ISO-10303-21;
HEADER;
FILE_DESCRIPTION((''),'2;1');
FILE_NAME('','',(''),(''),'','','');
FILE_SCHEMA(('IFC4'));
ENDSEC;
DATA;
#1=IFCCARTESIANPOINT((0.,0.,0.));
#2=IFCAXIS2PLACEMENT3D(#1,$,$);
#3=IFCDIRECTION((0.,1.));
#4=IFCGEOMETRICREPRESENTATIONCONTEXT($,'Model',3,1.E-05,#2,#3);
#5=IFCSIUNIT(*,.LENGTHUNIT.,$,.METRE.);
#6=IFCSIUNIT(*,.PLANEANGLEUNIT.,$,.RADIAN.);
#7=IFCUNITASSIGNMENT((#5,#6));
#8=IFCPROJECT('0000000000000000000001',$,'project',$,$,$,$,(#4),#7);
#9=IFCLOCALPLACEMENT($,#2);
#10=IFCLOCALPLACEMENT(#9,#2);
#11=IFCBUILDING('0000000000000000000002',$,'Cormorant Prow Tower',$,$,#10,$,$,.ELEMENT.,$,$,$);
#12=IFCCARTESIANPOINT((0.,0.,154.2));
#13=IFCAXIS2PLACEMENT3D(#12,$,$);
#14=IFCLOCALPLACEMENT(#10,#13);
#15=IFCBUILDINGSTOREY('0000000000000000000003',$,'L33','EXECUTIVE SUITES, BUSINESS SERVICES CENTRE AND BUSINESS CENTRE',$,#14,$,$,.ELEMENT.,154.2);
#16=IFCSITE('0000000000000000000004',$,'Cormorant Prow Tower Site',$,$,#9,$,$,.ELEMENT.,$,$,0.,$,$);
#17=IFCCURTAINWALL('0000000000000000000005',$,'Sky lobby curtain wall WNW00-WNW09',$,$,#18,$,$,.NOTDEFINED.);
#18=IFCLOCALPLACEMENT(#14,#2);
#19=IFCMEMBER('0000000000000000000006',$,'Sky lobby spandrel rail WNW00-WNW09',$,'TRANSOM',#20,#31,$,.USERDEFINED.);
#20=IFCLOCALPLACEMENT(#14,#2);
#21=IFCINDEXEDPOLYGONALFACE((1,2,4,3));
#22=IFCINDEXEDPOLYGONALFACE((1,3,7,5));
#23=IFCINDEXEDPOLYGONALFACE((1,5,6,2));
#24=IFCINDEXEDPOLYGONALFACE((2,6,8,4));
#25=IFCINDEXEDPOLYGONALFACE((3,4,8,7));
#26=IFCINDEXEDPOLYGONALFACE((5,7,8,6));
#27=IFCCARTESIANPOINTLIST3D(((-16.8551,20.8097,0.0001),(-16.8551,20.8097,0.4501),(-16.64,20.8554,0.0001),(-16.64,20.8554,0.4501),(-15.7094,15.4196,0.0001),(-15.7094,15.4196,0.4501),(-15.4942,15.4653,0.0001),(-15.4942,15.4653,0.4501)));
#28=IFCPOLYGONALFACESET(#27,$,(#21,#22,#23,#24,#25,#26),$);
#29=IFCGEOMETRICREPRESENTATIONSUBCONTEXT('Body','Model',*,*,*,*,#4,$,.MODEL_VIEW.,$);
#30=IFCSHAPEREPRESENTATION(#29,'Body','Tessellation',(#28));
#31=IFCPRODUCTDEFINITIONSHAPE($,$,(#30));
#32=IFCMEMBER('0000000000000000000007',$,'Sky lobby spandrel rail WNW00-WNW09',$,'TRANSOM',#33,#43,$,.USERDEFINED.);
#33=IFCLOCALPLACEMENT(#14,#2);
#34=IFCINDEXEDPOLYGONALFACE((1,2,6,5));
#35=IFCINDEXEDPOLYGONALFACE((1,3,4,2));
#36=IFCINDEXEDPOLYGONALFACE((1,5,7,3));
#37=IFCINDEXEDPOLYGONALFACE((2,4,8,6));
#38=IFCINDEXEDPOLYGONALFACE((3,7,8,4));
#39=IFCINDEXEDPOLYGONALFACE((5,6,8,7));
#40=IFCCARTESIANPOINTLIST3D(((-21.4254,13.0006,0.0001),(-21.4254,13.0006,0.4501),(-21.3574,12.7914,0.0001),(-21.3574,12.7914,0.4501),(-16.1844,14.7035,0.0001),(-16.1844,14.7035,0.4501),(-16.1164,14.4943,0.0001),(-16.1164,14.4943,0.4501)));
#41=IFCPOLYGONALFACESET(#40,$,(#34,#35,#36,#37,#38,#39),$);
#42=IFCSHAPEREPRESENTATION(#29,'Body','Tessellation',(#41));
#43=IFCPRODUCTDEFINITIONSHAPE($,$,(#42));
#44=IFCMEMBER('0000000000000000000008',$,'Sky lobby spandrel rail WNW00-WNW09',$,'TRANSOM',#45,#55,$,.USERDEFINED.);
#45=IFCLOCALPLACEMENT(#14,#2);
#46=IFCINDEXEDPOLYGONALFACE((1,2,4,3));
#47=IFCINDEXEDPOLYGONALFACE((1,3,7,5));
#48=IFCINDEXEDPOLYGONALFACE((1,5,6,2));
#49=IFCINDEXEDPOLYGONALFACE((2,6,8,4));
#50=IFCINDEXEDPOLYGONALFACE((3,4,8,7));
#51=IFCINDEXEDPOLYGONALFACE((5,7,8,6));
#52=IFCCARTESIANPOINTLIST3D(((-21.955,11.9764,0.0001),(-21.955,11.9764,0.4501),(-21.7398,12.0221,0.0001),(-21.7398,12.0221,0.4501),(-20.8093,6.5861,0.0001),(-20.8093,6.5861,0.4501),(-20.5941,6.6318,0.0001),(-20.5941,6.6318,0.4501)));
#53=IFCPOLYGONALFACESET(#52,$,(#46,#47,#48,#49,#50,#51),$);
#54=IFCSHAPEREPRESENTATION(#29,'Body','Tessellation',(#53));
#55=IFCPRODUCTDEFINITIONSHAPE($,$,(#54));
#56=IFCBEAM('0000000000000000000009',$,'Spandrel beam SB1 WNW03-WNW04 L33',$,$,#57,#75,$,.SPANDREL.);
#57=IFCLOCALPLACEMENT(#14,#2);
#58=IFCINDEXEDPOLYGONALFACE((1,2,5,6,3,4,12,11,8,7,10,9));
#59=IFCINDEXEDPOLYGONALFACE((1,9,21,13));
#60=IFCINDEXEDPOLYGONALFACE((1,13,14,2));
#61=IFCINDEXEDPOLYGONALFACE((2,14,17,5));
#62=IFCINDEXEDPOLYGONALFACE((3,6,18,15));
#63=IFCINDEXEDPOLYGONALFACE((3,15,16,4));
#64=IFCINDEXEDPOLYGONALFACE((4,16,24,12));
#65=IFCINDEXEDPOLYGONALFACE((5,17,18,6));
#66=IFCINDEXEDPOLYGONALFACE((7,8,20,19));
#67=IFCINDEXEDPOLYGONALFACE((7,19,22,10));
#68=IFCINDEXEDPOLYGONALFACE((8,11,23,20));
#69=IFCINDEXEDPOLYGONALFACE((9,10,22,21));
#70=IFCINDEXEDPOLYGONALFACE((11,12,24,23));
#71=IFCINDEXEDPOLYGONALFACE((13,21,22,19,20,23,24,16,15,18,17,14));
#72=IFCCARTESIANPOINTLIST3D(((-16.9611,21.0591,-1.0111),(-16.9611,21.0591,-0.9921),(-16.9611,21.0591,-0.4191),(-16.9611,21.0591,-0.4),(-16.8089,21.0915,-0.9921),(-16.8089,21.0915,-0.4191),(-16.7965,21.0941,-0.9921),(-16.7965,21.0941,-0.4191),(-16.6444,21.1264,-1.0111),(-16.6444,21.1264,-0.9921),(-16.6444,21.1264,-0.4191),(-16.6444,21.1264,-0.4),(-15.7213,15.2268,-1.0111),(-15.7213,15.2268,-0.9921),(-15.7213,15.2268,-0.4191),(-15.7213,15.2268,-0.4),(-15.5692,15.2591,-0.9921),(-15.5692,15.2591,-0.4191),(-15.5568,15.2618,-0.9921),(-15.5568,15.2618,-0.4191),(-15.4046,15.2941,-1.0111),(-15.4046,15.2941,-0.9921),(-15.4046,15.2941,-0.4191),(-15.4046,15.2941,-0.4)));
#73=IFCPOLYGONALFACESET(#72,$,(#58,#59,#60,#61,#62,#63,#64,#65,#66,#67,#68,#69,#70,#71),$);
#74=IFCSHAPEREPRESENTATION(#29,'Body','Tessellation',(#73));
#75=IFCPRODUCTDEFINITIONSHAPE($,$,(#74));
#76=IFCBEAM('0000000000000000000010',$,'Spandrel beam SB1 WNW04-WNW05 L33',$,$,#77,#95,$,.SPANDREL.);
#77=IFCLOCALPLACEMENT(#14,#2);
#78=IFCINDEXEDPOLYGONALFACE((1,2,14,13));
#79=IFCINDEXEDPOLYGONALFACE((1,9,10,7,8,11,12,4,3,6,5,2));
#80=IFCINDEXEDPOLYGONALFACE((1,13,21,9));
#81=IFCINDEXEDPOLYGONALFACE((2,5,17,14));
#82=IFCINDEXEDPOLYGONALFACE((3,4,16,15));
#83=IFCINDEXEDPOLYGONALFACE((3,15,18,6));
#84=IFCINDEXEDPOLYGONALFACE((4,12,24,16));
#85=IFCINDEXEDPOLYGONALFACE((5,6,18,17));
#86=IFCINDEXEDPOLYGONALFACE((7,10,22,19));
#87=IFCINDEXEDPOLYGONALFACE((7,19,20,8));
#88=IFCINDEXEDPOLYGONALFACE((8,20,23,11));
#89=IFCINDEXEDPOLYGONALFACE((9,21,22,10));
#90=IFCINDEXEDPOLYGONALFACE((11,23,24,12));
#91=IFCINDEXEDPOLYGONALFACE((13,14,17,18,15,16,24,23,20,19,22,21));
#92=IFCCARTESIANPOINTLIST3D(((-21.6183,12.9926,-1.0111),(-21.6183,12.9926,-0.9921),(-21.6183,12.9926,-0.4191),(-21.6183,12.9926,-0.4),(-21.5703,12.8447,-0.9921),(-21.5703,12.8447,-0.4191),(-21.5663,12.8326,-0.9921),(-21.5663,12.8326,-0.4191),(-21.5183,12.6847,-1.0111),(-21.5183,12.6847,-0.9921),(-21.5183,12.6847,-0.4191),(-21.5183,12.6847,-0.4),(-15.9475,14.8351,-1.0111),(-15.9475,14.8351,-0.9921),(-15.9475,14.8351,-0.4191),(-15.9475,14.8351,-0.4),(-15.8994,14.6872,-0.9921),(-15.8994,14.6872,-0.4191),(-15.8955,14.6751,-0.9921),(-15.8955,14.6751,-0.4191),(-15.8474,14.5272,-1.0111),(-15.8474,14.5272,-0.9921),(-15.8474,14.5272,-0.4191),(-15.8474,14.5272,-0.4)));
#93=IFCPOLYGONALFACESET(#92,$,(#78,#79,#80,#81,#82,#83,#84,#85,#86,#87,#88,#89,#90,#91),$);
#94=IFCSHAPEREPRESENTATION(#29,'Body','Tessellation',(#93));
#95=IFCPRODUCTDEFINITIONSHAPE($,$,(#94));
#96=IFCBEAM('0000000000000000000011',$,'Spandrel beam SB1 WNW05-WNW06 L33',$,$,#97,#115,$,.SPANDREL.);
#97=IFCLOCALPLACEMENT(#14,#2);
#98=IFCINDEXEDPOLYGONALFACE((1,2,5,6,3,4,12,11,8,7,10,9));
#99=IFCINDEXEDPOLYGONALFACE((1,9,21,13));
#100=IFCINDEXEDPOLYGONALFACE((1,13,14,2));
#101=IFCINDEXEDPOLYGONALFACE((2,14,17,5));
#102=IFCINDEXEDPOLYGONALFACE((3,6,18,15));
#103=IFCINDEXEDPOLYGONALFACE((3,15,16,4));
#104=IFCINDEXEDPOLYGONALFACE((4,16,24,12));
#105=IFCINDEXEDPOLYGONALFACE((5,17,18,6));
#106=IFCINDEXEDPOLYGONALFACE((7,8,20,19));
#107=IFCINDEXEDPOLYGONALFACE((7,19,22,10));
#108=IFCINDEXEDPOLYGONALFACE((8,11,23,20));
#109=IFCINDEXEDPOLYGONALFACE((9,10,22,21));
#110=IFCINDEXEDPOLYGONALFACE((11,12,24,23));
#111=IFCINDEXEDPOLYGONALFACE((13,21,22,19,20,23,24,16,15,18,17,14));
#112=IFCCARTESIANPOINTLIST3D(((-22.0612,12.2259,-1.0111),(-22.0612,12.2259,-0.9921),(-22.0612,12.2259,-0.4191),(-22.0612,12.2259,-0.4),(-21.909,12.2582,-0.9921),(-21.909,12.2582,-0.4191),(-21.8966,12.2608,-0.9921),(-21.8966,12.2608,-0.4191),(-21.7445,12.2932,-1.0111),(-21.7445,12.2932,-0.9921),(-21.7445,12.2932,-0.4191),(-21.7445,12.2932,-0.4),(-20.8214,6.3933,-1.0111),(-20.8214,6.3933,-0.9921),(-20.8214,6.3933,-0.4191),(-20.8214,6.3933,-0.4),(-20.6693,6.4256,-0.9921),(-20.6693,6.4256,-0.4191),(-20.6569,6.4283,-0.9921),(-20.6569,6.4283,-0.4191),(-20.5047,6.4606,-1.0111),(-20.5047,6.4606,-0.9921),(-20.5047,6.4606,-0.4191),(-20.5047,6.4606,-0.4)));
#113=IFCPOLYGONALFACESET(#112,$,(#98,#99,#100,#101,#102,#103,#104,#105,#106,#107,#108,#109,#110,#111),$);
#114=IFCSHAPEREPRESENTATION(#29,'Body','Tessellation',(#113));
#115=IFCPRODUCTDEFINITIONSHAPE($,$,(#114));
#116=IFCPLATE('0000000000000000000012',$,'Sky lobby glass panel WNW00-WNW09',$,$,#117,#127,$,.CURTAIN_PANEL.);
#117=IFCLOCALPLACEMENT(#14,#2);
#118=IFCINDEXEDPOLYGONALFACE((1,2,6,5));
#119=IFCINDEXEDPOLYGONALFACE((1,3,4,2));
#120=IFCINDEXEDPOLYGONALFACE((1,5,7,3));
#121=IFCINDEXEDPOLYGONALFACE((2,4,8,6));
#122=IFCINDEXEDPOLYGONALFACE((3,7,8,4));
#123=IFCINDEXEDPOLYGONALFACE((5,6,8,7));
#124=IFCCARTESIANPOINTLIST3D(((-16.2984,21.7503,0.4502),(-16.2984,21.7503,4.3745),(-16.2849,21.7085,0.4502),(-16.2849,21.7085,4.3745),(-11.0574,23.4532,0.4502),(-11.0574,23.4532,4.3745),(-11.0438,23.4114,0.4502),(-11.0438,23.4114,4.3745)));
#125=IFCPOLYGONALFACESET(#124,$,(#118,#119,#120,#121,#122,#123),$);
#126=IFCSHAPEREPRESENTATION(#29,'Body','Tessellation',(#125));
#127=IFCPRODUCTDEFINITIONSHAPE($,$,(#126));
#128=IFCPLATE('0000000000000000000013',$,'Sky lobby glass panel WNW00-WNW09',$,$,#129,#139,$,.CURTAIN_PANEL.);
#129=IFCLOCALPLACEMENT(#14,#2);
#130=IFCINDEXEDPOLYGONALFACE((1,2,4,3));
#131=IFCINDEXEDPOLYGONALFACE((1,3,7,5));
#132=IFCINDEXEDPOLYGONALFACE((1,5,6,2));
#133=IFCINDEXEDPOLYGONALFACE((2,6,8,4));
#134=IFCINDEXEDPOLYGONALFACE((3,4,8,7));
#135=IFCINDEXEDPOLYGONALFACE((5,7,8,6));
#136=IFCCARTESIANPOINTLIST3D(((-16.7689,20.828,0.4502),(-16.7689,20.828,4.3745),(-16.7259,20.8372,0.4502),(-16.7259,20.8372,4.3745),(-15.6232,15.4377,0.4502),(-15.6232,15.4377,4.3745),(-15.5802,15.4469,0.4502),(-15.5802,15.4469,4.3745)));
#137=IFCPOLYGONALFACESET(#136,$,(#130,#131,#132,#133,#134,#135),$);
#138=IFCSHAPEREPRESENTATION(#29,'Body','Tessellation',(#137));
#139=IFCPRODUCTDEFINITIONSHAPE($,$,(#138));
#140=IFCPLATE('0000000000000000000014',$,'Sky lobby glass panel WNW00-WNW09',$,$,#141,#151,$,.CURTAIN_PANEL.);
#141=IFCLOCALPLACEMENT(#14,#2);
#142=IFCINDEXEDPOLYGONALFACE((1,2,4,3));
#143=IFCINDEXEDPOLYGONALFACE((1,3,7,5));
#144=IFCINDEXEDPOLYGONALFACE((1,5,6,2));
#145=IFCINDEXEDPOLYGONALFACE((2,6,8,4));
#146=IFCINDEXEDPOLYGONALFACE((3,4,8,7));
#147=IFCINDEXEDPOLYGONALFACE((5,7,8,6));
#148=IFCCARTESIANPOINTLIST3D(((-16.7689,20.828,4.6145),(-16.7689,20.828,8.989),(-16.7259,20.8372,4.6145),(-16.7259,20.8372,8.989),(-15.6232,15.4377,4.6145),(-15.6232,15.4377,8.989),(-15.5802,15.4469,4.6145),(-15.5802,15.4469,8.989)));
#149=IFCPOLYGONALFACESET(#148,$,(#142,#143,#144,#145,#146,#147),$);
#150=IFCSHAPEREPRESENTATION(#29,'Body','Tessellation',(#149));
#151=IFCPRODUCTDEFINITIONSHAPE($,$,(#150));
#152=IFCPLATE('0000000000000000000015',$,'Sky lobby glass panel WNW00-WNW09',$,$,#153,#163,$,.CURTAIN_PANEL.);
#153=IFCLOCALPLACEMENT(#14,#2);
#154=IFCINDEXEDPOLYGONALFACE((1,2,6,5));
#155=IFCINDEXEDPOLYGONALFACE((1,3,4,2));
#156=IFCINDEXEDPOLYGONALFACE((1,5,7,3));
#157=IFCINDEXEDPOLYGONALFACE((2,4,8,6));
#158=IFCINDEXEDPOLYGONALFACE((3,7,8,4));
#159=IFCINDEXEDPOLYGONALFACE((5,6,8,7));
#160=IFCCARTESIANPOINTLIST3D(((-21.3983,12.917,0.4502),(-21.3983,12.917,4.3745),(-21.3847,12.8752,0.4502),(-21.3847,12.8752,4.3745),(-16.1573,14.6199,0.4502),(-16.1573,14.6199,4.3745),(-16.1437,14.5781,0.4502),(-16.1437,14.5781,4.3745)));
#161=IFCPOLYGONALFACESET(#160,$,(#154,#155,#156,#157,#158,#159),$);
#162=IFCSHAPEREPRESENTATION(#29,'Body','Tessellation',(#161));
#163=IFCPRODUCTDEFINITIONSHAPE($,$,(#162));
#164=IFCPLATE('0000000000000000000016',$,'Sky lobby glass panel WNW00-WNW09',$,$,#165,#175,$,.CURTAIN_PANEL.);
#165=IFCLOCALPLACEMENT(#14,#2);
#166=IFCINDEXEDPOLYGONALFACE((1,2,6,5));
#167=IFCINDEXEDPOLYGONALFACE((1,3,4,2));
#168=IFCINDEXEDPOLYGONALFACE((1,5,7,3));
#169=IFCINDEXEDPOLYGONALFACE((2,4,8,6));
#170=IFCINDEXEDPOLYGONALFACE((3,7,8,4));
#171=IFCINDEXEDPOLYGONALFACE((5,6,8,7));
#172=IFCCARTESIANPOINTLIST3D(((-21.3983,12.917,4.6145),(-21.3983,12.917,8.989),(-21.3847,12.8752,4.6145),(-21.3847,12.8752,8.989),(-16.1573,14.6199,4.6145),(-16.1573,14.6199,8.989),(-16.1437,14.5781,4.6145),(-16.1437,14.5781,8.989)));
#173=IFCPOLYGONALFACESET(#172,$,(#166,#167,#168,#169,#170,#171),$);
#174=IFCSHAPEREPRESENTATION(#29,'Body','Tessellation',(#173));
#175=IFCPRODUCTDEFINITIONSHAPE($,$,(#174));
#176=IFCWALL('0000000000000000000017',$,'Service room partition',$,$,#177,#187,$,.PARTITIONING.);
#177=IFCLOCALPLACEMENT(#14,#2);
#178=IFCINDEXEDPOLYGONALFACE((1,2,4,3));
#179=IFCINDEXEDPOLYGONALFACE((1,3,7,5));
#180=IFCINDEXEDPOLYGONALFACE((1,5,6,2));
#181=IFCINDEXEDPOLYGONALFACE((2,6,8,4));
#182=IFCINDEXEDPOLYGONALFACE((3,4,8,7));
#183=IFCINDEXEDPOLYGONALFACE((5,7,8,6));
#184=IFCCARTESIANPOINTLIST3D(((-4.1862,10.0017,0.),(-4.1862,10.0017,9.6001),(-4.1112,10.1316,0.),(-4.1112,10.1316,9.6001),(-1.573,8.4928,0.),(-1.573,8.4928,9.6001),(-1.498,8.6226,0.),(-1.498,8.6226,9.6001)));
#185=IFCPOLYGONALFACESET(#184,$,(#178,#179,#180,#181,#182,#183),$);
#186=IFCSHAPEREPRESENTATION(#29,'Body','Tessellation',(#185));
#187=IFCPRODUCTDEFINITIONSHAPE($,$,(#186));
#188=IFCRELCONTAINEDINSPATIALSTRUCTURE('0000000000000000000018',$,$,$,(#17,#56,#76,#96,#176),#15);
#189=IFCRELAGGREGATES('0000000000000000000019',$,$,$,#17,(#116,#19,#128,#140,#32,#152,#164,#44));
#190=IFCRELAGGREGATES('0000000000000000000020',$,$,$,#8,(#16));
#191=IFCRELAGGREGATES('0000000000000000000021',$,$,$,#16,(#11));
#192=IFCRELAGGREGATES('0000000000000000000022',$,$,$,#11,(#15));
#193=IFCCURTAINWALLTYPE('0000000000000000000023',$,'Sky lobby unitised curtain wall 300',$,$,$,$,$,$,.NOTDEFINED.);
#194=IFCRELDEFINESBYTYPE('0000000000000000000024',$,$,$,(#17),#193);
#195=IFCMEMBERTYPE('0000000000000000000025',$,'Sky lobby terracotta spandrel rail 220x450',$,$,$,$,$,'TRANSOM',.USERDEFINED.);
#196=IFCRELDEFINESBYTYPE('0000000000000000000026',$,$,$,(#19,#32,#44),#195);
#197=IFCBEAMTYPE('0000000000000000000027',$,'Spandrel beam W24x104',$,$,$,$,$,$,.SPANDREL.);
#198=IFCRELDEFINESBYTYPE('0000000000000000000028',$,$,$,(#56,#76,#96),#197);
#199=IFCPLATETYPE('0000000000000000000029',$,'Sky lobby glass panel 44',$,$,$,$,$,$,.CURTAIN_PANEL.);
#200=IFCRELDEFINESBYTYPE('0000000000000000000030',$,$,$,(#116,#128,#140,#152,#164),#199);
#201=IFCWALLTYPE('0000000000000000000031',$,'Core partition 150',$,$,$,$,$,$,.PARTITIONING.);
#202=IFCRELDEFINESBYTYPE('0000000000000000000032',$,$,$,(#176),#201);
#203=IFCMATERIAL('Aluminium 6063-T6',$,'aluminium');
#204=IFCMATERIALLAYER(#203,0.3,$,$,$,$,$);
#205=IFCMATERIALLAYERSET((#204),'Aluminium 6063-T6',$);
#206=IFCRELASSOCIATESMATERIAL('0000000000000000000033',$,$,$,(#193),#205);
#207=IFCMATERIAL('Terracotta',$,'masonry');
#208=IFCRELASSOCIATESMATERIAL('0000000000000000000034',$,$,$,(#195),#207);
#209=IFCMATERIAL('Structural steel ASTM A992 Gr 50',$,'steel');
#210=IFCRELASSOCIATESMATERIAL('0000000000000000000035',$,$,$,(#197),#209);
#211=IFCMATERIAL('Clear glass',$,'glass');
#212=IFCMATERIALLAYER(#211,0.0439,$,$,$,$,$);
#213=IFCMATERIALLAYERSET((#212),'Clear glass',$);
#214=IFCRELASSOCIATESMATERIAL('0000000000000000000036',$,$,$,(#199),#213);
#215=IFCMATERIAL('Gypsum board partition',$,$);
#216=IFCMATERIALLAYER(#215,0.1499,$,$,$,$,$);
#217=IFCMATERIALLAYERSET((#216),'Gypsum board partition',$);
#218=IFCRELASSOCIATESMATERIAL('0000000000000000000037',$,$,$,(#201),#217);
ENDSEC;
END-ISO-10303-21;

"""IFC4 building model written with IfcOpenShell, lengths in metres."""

from ifc_helpers import new_model, si_unit, direction, frame, frame_2d, origin, origin_2d, place, context, subcontext, project, spatial, rectangle, i_section, extrude, material, layer, layer_set, material_profile, profile_set, type_object, element, aggregate, save


model = new_model("IFC4")

# Units and contexts
model_context = context("Model", 3, precision=1e-05, world=origin(), true_north=direction((0.0, 1.0)))
body_context = subcontext(model_context, "Body", "Model", "MODEL_VIEW")
ifc_project = project(units=[si_unit("LENGTHUNIT", "METRE"), si_unit("PLANEANGLEUNIT", "RADIAN")], contexts=[model_context])

# Site, building, storey
site_placement = place(None, origin())
site = spatial("IfcSite", under=ifc_project, at=site_placement, Name="Cormorant Prow Tower Site", CompositionType="ELEMENT", RefElevation=0.0)
building_placement = place(site_placement, origin())
building = spatial("IfcBuilding", under=site, at=building_placement, Name="Cormorant Prow Tower", CompositionType="ELEMENT")
storey_placement = place(building_placement, frame((0.0, 0.0, 154.2)))
storey = spatial("IfcBuildingStorey", under=building, at=storey_placement, Name="L33", Description="EXECUTIVE SUITES, BUSINESS SERVICES CENTRE AND BUSINESS CENTRE", CompositionType="ELEMENT", Elevation=154.2)

# Curtain wall, members
ifc_material_1 = material(Name="Aluminium 6063-T6", Category="aluminium")
ifc_layer_1 = layer(ifc_material_1, 0.3)
ifc_layer_set_1 = layer_set([ifc_layer_1], Name="Aluminium 6063-T6")
curtain_wall_type = type_object("IfcCurtainWallType", Name="Sky lobby unitised curtain wall 300", PredefinedType="NOTDEFINED", material=ifc_layer_set_1)
curtain_wall_placement = place(storey_placement, origin())
curtain_wall = element("IfcCurtainWall", 1, at=curtain_wall_placement, inside=storey, type_object=curtain_wall_type, Name="Sky lobby curtain wall WNW00-WNW09", PredefinedType="NOTDEFINED")
ifc_material_2 = material(Name="Terracotta", Category="masonry")
ifc_material_profile_1 = material_profile(ifc_material_2, rectangle(XDim=0.22, YDim=0.45, at=origin_2d()), Name="Sky lobby terracotta spandrel rail 220x450")
ifc_profile_set_1 = profile_set([ifc_material_profile_1], Name="Terracotta")
member_type_1 = type_object("IfcMemberType", Name="Sky lobby terracotta spandrel rail 220x450", ElementType="TRANSOM", PredefinedType="USERDEFINED", material=ifc_profile_set_1)
member_1_placement = place(storey_placement, frame((-16.7476, 20.8325, 0.2251), z_axis=(0.207919, -0.978146, 0.0), x_axis=(0.978146, 0.207919, 0.0)))
member_1 = element("IfcMember", 2, at=member_1_placement, type_object=member_type_1, Name="Sky lobby spandrel rail WNW00-WNW09", ObjectType="TRANSOM", PredefinedType="USERDEFINED", context=body_context, shape_type="SweptSolid", body=[
    extrude(rectangle(XDim=0.22, YDim=0.45, at=origin_2d()), origin(), (0.0, 0.0, 1.0), 5.5105),
])
member_2_placement = place(storey_placement, frame((-16.1504, 14.5989, 0.2251), z_axis=(-0.951057, -0.309015, 0.0), x_axis=(0.309015, -0.951057, 0.0)))
member_2 = element("IfcMember", 3, at=member_2_placement, type_object=member_type_1, Name="Sky lobby spandrel rail WNW00-WNW09", ObjectType="TRANSOM", PredefinedType="USERDEFINED", context=body_context, shape_type="SweptSolid", body=[
    extrude(rectangle(XDim=0.22, YDim=0.45, at=origin_2d()), origin(), (0.0, 0.0, 1.0), 5.5107),
])
member_3_placement = place(storey_placement, frame((-21.8474, 11.9993, 0.2251), z_axis=(0.20791, -0.978148, 0.0), x_axis=(0.978148, 0.20791, 0.0)))
member_3 = element("IfcMember", 4, at=member_3_placement, type_object=member_type_1, Name="Sky lobby spandrel rail WNW00-WNW09", ObjectType="TRANSOM", PredefinedType="USERDEFINED", context=body_context, shape_type="SweptSolid", body=[
    extrude(rectangle(XDim=0.22, YDim=0.45, at=origin_2d()), origin(), (0.0, 0.0, 1.0), 5.5107),
])

# Beams
ifc_material_3 = material(Name="Structural steel ASTM A992 Gr 50", Category="steel")
ifc_material_profile_2 = material_profile(ifc_material_3, i_section(OverallWidth=0.3237, OverallDepth=0.6111, WebThickness=0.0127, FlangeThickness=0.019, at=origin_2d()), Name="W24x104")
ifc_profile_set_2 = profile_set([ifc_material_profile_2], Name="Structural steel ASTM A992 Gr 50")
beam_type_1 = type_object("IfcBeamType", Name="Spandrel beam W24x104", PredefinedType="SPANDREL", material=ifc_profile_set_2)
for number, where, z_axis, x_axis, name in (
    (5, (-16.8027, 21.0928, -0.7056), (0.207921, -0.978146, 0.0), (0.978146, 0.207921, 0.0), "Spandrel beam SB1 WNW03-WNW04 L33"),
    (6, (-15.8975, 14.6812, -0.7056), (-0.951059, -0.309008, 0.0), (0.309008, -0.951059, 0.0), "Spandrel beam SB1 WNW04-WNW05 L33"),
):
    element("IfcBeam", number, at=place(storey_placement, frame(where, z_axis=z_axis, x_axis=x_axis)), inside=storey, type_object=beam_type_1, Name=name, PredefinedType="SPANDREL", context=body_context, shape_type="SweptSolid", body=[
        extrude(i_section(OverallWidth=0.3237, OverallDepth=0.6111, WebThickness=0.0127, FlangeThickness=0.019, at=origin_2d()), origin(), (0.0, 0.0, 1.0), 5.9626),
    ])
beam_1_placement = place(storey_placement, frame((-21.9028, 12.2595, -0.7056), z_axis=(0.207913, -0.978147, 0.0), x_axis=(0.978147, 0.207913, 0.0)))
element("IfcBeam", 7, at=beam_1_placement, inside=storey, type_object=beam_type_1, Name="Spandrel beam SB1 WNW05-WNW06 L33", PredefinedType="SPANDREL", context=body_context, shape_type="SweptSolid", body=[
    extrude(i_section(OverallWidth=0.3237, OverallDepth=0.6111, WebThickness=0.0127, FlangeThickness=0.019, at=origin_2d()), origin(), (0.0, 0.0, 1.0), 5.9629),
])

# Plates
ifc_material_4 = material(Name="Clear glass", Category="glass")
ifc_layer_2 = layer(ifc_material_4, 0.0439)
ifc_layer_set_2 = layer_set([ifc_layer_2], Name="Clear glass")
plate_type = type_object("IfcPlateType", Name="Sky lobby glass panel 44", PredefinedType="CURTAIN_PANEL", material=ifc_layer_set_2)
plate_1_placement = place(storey_placement, frame((-13.6711, 22.5808, 0.4502), z_axis=(0.0, 0.0, 1.0), x_axis=(-0.951056, -0.309017, 0.0)))
plate_1 = element("IfcPlate", 8, at=plate_1_placement, type_object=plate_type, Name="Sky lobby glass panel WNW00-WNW09", PredefinedType="CURTAIN_PANEL", context=body_context, shape_type="SweptSolid", body=[
    extrude(rectangle(XDim=5.5107, YDim=0.0439, at=origin_2d()), origin(), (0.0, 0.0, 1.0), 3.9243),
])
plate_2_placement = place(storey_placement, frame((-16.1746, 18.1375, 0.4502), z_axis=(0.0, 0.0, 1.0), x_axis=(0.207912, -0.978148, 0.0)))
plate_2 = element("IfcPlate", 9, at=plate_2_placement, type_object=plate_type, Name="Sky lobby glass panel WNW00-WNW09", PredefinedType="CURTAIN_PANEL", context=body_context, shape_type="SweptSolid", body=[
    extrude(rectangle(XDim=5.5107, YDim=0.0439, at=origin_2d()), origin(), (0.0, 0.0, 1.0), 3.9243),
])
plate_3_placement = place(storey_placement, frame((-16.1746, 18.1375, 4.6145), z_axis=(0.0, 0.0, 1.0), x_axis=(0.207912, -0.978148, 0.0)))
plate_3 = element("IfcPlate", 10, at=plate_3_placement, type_object=plate_type, Name="Sky lobby glass panel WNW00-WNW09", PredefinedType="CURTAIN_PANEL", context=body_context, shape_type="SweptSolid", body=[
    extrude(rectangle(XDim=5.5107, YDim=0.0439, at=origin_2d()), origin(), (0.0, 0.0, 1.0), 4.3745),
])
plate_4_placement = place(storey_placement, frame((-18.771, 13.7476, 0.4502), z_axis=(0.0, 0.0, 1.0), x_axis=(-0.951056, -0.309017, 0.0)))
plate_4 = element("IfcPlate", 11, at=plate_4_placement, type_object=plate_type, Name="Sky lobby glass panel WNW00-WNW09", PredefinedType="CURTAIN_PANEL", context=body_context, shape_type="SweptSolid", body=[
    extrude(rectangle(XDim=5.5107, YDim=0.0439, at=origin_2d()), origin(), (0.0, 0.0, 1.0), 3.9243),
])
plate_5_placement = place(storey_placement, frame((-18.771, 13.7476, 4.6145), z_axis=(0.0, 0.0, 1.0), x_axis=(-0.951056, -0.309017, 0.0)))
plate_5 = element("IfcPlate", 12, at=plate_5_placement, type_object=plate_type, Name="Sky lobby glass panel WNW00-WNW09", PredefinedType="CURTAIN_PANEL", context=body_context, shape_type="SweptSolid", body=[
    extrude(rectangle(XDim=5.5107, YDim=0.0439, at=origin_2d()), origin(), (0.0, 0.0, 1.0), 4.3745),
])
aggregate(curtain_wall, [plate_1, member_1, plate_2, plate_3, member_2, plate_4, plate_5, member_3])

# Wall
ifc_material_5 = material(Name="Gypsum board partition")
ifc_layer_3 = layer(ifc_material_5, 0.1499)
ifc_layer_set_3 = layer_set([ifc_layer_3], Name="Gypsum board partition")
wall_type_1 = type_object("IfcWallType", Name="Core partition 150", PredefinedType="PARTITIONING", material=ifc_layer_set_3)
wall_1_placement = place(storey_placement, frame((-4.1487, 10.0667, 0.0), z_axis=(0.0, 0.0, 1.0), x_axis=(0.865989, -0.500063, 0.0)))
element("IfcWall", 13, at=wall_1_placement, inside=storey, type_object=wall_type_1, Name="Service room partition", PredefinedType="PARTITIONING", context=body_context, shape_type="SweptSolid", body=[
    extrude(rectangle(XDim=3.0176, YDim=0.1499, at=frame_2d((1.5088, 0.0))), origin(), (0.0, 0.0, 1.0), 9.6001),
])

save(model, "model.ifc")
